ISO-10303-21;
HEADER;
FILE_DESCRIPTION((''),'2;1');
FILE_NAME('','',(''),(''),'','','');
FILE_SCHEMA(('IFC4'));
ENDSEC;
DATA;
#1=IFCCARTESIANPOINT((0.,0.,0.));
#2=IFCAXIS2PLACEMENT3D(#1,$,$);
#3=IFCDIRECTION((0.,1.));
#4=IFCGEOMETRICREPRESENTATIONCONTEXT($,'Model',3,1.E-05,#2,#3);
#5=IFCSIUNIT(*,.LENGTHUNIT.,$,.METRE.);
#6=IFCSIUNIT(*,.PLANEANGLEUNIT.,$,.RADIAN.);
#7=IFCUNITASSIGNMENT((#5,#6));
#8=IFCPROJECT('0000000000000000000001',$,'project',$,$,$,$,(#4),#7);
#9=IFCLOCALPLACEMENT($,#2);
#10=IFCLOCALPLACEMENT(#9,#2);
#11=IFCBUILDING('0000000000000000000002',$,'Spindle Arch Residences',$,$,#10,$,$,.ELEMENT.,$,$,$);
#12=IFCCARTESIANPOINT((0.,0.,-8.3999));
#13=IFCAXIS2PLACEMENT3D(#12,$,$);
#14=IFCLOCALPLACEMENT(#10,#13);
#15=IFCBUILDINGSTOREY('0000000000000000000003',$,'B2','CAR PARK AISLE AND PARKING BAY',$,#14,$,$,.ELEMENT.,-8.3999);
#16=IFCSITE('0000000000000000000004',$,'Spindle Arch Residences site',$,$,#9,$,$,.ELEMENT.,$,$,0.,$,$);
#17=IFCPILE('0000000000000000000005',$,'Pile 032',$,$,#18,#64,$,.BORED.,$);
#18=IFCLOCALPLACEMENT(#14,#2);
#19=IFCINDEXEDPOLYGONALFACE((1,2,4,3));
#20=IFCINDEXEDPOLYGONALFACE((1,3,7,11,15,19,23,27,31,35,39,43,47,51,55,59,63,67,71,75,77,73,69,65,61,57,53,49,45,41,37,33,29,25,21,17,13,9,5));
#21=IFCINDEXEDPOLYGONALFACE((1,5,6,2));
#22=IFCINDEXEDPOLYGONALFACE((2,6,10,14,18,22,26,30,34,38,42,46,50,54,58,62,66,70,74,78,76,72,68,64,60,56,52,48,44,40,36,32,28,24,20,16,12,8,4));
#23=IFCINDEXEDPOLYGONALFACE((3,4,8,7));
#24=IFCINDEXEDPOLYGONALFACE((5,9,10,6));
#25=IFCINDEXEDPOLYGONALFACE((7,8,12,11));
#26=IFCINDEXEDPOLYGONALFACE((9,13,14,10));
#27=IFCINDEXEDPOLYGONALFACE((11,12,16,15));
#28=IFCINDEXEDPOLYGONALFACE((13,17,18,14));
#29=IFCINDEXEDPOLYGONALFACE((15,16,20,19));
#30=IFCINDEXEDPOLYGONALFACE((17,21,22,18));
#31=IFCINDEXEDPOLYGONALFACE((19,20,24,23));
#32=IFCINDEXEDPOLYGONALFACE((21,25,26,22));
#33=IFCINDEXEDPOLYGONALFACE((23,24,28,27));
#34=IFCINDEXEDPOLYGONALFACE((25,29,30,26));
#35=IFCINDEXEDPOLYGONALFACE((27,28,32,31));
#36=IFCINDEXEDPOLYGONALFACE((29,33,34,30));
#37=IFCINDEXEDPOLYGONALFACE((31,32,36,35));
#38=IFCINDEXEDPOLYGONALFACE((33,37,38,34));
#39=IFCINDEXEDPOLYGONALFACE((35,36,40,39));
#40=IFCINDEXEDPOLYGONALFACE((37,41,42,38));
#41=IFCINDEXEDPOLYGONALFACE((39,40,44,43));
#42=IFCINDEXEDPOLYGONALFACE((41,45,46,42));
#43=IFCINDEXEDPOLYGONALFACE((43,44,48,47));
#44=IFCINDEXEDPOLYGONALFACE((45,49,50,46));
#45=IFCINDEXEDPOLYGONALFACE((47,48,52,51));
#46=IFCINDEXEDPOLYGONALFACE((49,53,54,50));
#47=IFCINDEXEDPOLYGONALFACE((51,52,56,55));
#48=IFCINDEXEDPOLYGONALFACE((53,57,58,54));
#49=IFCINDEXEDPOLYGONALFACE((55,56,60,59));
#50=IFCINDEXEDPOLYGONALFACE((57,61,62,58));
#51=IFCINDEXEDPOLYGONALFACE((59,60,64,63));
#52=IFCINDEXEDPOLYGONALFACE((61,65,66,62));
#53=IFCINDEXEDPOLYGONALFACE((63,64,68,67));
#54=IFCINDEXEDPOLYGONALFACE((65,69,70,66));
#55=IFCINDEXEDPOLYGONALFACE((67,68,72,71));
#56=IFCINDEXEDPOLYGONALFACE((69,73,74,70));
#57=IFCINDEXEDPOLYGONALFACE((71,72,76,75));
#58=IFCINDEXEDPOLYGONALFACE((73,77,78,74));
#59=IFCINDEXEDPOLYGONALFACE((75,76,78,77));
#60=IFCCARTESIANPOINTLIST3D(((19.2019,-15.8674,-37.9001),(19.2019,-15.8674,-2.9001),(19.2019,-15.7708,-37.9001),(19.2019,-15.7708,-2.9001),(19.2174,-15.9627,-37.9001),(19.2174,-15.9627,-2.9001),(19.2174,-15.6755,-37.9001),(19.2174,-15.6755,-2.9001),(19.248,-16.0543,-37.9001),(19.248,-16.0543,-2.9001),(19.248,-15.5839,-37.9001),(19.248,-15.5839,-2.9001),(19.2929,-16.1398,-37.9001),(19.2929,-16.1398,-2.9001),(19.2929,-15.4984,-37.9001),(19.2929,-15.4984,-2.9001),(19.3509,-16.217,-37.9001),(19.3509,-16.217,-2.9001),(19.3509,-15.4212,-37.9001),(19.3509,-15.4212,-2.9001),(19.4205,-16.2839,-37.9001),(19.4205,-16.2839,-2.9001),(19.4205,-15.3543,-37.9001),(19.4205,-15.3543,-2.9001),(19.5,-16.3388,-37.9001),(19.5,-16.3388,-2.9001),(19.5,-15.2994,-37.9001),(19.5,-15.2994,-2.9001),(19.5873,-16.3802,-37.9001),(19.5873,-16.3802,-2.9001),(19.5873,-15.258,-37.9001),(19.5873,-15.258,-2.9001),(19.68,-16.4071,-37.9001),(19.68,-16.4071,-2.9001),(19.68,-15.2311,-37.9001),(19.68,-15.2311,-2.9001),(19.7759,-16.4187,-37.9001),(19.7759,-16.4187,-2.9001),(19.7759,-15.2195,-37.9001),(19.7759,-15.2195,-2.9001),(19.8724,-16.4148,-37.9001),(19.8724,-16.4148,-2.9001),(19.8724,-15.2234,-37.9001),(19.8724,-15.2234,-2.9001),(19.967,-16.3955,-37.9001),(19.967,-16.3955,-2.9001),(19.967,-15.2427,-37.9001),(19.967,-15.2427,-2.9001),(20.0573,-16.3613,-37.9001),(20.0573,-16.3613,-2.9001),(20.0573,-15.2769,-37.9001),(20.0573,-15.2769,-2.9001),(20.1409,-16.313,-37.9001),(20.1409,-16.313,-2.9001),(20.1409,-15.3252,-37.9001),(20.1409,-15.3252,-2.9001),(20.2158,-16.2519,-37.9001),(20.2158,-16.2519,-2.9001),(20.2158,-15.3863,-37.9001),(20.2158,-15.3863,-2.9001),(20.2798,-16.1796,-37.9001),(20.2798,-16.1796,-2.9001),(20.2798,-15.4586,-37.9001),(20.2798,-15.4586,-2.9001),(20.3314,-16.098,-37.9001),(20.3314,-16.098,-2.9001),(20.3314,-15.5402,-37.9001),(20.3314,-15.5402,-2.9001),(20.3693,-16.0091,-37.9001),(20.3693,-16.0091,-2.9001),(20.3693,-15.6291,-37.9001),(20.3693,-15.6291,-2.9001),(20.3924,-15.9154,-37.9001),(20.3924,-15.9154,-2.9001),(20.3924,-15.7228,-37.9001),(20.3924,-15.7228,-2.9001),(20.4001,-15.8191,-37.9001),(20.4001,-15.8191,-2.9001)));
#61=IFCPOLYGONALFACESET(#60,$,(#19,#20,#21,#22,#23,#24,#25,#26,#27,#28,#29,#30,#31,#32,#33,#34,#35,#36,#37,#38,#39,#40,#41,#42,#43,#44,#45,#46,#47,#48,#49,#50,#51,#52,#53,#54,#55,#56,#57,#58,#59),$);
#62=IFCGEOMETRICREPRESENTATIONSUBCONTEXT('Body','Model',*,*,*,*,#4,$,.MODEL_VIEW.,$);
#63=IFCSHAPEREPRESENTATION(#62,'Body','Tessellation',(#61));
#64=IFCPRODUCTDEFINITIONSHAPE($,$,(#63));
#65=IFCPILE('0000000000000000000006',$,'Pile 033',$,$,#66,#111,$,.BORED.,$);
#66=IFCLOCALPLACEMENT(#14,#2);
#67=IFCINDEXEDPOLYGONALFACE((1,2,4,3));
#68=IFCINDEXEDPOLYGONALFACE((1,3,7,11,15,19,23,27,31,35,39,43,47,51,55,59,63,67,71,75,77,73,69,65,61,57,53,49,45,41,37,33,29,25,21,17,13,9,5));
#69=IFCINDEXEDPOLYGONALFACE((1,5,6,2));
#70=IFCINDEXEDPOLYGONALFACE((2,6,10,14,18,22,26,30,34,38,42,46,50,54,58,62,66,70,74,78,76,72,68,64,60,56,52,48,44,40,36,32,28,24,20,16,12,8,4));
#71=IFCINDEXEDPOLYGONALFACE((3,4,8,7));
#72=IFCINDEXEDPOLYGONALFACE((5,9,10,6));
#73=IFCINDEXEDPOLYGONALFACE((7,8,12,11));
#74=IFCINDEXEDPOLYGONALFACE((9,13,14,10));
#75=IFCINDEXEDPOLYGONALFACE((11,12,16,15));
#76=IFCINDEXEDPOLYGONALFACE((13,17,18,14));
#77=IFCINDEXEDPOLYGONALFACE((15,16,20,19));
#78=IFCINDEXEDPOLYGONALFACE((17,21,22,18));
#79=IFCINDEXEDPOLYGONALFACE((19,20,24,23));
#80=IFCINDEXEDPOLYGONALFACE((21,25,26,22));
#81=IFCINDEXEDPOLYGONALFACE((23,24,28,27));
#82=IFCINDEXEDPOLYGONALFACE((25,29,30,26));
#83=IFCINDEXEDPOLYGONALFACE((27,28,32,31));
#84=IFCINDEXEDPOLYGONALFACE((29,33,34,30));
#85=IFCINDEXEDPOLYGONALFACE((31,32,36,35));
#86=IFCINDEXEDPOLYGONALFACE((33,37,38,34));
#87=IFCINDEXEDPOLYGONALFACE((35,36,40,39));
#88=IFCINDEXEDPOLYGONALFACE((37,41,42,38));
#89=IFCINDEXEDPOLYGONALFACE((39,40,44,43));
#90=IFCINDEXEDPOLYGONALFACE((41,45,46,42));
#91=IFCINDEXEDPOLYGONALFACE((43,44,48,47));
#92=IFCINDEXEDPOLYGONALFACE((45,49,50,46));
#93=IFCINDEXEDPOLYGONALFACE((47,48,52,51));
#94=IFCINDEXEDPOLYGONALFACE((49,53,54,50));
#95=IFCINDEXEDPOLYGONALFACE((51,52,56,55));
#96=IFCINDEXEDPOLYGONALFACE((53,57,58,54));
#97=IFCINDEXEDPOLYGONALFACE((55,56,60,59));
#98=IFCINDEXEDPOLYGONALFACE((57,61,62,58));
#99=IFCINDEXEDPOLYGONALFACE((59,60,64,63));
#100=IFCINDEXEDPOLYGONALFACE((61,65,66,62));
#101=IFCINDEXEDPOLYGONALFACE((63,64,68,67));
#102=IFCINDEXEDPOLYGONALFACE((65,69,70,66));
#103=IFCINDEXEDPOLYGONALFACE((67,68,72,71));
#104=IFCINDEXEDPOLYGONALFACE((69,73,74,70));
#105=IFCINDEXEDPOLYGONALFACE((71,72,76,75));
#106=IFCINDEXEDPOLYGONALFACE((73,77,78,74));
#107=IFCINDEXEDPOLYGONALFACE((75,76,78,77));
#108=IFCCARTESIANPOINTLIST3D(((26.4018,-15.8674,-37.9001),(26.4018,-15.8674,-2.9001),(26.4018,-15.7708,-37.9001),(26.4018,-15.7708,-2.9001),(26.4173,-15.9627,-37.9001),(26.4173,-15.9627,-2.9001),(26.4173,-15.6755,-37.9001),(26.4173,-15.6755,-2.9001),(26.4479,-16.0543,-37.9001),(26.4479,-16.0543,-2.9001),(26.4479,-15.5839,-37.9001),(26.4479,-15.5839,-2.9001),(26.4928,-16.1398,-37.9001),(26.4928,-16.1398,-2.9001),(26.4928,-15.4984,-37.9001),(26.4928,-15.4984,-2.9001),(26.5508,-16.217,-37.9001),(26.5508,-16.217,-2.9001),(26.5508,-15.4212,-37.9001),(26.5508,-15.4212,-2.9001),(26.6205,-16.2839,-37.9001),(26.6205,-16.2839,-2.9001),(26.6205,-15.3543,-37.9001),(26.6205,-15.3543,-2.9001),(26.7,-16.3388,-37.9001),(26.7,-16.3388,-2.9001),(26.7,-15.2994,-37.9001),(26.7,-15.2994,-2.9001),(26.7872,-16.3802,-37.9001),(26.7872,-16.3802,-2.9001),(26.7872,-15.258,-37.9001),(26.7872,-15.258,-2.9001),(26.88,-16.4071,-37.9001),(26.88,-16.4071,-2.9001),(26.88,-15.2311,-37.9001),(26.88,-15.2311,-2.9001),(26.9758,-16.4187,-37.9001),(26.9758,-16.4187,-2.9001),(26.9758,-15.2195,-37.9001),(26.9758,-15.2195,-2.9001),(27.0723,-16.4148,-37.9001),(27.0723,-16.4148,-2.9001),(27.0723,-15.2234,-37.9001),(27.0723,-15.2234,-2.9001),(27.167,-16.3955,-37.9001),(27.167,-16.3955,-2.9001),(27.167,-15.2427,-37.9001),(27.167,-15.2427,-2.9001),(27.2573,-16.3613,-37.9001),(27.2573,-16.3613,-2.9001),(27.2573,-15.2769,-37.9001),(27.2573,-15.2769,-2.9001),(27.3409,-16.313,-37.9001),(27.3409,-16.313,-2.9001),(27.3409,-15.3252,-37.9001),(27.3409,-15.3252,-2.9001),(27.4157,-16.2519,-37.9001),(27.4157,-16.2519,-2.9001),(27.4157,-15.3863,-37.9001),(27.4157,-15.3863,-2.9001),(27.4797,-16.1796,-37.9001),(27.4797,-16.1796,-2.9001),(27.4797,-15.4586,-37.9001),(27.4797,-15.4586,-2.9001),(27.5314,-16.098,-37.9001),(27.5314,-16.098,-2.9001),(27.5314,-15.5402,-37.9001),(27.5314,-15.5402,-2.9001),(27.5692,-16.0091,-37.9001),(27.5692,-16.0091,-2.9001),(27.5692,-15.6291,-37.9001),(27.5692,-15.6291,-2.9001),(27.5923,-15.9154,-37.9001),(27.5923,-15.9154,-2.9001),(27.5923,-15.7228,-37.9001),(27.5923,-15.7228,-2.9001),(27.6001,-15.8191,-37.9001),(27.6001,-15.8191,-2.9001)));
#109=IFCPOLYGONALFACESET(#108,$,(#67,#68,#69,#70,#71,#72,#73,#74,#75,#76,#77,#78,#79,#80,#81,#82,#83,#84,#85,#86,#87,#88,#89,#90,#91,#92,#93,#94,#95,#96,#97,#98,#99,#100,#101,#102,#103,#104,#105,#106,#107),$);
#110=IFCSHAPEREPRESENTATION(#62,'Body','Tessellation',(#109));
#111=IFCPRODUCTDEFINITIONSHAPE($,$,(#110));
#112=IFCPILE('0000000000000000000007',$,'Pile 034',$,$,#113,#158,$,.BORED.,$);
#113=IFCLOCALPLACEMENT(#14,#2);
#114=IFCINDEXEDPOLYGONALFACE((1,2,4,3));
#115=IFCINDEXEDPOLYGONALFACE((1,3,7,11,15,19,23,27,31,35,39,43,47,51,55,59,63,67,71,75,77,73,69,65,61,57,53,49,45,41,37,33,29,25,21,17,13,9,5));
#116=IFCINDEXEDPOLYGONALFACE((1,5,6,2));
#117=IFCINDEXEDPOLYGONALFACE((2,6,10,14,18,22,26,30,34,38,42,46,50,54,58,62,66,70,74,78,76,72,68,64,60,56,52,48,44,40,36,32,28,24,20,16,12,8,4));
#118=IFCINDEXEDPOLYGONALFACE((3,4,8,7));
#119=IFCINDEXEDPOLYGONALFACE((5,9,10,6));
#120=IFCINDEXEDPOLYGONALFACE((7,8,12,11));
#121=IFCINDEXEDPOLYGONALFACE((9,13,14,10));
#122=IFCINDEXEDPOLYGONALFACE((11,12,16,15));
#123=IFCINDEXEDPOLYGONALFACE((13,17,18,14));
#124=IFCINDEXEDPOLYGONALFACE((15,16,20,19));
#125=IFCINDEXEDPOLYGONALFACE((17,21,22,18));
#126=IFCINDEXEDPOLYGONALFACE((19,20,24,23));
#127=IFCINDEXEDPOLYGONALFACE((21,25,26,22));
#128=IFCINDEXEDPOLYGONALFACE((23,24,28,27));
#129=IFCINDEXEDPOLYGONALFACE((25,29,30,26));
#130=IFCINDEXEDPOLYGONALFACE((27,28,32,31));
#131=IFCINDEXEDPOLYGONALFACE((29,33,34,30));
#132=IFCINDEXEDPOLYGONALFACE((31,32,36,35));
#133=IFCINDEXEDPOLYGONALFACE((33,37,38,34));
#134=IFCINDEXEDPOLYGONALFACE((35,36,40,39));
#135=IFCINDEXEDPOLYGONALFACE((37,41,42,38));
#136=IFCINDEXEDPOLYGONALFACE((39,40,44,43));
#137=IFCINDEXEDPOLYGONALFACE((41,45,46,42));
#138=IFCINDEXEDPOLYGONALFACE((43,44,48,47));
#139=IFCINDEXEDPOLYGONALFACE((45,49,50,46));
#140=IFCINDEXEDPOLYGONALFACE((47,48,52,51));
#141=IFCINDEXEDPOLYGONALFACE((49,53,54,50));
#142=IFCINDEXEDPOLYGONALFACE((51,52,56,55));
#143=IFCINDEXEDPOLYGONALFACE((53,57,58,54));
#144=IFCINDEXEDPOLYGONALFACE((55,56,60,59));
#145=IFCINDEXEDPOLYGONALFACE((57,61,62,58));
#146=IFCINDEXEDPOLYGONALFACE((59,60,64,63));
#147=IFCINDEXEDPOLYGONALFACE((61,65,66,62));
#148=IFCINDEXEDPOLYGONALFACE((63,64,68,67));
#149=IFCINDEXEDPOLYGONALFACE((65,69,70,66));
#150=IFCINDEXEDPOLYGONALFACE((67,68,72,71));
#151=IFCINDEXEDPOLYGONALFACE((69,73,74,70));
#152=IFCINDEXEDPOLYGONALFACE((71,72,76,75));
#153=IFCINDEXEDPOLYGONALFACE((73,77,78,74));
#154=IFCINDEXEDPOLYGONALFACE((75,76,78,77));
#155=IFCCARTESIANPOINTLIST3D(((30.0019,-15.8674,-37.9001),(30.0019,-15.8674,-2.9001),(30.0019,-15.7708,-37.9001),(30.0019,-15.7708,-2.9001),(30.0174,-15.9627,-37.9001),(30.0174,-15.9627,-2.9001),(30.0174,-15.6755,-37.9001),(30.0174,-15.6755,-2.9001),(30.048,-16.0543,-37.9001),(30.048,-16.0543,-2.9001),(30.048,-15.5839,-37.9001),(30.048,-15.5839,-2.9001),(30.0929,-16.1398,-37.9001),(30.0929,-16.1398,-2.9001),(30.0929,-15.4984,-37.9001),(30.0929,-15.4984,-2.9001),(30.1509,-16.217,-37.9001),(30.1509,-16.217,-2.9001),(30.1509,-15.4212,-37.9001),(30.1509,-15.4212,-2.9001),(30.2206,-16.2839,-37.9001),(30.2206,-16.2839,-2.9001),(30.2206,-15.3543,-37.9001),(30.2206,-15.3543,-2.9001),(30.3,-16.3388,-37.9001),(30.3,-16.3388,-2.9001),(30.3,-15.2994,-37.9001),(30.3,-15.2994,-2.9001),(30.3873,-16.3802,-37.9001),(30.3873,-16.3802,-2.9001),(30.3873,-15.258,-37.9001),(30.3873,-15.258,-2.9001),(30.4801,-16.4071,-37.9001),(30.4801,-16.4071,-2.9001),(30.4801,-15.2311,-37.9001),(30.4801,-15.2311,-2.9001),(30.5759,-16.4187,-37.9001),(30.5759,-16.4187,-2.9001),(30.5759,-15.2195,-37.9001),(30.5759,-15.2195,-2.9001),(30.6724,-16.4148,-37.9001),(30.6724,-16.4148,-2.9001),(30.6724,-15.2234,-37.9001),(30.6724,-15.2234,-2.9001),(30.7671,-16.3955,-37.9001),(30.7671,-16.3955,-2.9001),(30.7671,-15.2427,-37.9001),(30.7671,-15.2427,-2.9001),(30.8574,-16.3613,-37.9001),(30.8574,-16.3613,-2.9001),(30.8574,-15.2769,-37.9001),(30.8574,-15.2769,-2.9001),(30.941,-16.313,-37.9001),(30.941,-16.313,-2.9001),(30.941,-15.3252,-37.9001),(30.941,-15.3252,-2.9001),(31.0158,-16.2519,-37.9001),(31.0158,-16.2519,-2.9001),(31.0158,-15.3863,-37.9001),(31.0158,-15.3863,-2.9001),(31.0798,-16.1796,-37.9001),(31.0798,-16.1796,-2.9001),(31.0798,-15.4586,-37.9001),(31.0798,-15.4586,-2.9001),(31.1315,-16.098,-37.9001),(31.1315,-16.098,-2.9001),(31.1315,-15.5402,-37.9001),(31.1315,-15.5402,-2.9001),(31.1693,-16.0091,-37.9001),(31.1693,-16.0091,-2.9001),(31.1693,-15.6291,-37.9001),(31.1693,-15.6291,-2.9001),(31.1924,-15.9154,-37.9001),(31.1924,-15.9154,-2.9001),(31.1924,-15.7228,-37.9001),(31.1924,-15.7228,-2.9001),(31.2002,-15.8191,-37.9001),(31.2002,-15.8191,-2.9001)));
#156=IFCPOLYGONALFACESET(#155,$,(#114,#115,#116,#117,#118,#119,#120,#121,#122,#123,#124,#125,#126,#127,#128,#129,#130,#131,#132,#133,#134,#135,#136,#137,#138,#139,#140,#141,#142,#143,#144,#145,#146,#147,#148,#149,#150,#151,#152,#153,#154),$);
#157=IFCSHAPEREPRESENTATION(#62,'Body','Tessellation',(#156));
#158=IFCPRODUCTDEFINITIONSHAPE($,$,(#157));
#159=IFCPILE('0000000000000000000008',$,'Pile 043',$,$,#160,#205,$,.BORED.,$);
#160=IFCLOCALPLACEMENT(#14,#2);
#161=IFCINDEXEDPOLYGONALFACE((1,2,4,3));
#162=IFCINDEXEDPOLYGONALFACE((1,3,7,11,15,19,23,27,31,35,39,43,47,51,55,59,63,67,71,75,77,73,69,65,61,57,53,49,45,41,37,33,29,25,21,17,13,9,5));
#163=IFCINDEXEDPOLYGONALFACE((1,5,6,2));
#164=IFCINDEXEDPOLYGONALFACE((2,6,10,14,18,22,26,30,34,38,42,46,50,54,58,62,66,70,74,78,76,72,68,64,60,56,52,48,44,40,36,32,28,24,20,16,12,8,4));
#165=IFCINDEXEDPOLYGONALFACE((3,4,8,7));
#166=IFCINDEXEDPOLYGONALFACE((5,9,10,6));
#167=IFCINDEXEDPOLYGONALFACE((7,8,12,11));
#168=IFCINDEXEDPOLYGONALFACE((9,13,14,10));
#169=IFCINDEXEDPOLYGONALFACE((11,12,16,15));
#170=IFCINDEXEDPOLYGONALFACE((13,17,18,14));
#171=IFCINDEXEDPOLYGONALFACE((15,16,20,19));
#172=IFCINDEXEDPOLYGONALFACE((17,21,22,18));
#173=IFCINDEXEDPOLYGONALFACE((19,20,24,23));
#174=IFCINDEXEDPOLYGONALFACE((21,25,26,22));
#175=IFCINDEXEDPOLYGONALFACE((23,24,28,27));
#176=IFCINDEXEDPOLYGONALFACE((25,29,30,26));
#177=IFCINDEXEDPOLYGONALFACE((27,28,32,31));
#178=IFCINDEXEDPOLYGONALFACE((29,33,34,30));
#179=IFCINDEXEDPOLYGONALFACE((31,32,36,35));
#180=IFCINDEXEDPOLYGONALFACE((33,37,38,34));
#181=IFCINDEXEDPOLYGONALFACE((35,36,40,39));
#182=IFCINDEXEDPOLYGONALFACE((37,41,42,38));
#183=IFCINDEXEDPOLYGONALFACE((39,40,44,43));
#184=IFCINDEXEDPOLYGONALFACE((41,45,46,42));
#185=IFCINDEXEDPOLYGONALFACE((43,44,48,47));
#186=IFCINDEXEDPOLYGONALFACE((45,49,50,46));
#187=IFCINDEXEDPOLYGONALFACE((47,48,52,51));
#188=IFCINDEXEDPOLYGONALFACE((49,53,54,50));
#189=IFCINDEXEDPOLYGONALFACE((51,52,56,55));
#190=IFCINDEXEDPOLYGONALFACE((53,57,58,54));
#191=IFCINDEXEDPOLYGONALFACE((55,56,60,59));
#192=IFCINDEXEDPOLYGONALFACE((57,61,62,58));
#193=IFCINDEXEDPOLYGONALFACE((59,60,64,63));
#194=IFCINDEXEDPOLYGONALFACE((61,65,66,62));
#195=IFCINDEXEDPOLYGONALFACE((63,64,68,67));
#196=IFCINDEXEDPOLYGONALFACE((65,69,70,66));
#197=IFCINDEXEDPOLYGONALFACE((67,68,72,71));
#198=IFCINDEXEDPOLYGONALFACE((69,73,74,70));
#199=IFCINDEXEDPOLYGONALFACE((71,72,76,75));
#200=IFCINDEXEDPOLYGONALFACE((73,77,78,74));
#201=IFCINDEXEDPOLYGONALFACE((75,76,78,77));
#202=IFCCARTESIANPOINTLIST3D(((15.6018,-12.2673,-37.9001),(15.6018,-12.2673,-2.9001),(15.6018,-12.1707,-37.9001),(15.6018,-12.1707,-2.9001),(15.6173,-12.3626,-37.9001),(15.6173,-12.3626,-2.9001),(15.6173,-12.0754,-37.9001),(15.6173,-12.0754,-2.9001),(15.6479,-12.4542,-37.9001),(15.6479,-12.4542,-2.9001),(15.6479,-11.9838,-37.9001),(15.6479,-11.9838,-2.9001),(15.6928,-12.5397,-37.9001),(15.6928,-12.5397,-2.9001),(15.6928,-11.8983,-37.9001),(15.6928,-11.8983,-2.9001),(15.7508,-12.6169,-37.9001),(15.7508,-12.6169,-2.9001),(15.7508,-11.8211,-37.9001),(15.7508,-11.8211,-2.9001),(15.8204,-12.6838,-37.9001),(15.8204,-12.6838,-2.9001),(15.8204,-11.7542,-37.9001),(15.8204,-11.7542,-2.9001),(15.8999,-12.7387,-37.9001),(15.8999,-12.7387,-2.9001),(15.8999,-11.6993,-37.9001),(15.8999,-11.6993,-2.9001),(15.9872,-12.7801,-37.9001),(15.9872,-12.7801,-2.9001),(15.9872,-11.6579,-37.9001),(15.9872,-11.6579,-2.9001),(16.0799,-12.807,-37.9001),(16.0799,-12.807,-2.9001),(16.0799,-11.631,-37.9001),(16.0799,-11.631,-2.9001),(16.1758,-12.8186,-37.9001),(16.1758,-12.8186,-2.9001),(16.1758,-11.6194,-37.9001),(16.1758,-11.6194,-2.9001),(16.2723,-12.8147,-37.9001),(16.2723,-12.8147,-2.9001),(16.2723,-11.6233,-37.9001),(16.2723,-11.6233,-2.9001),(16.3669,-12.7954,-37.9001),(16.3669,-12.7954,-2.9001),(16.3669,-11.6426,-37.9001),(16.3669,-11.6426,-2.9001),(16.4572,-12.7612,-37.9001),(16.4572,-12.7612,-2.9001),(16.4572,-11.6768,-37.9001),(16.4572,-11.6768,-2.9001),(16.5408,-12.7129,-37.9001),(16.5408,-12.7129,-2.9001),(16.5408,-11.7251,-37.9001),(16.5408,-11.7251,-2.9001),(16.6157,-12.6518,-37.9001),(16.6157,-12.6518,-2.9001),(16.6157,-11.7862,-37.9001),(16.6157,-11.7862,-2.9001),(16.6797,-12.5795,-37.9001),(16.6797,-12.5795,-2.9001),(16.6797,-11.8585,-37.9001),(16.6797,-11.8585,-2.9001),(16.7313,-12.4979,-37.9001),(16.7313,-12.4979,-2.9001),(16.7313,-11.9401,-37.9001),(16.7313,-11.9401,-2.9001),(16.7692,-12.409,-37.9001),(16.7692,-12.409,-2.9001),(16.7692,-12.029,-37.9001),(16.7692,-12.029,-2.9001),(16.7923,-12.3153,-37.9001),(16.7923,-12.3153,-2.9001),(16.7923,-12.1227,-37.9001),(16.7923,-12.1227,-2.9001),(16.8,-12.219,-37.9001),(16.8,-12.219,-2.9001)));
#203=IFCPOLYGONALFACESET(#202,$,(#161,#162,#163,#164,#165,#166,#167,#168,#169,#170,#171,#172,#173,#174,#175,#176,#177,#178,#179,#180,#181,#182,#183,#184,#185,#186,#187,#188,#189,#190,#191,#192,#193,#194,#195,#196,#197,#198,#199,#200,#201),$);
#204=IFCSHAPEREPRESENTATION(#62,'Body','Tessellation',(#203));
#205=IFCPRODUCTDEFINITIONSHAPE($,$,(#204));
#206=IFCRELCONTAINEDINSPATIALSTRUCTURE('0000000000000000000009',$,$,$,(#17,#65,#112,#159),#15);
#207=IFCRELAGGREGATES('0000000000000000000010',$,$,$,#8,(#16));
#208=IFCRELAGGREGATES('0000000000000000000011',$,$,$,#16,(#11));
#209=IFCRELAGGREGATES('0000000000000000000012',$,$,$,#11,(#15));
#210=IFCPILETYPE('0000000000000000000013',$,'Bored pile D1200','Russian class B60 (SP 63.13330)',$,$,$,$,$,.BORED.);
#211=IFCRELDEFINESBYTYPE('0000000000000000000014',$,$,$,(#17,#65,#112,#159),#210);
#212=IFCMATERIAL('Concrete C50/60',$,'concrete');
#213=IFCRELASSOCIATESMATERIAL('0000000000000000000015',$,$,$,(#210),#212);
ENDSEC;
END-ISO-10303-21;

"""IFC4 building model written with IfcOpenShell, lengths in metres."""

from ifc_helpers import new_model, si_unit, direction, frame, origin, origin_2d, place, context, subcontext, project, spatial, circle, extrude, material, material_profile, profile_set, type_object, element, save


model = new_model("IFC4")

# Units and contexts
model_context = context("Model", 3, precision=1e-05, world=origin(), true_north=direction((0.0, 1.0)))
body_context = subcontext(model_context, "Body", "Model", "MODEL_VIEW")
ifc_project = project(units=[si_unit("LENGTHUNIT", "METRE"), si_unit("PLANEANGLEUNIT", "RADIAN")], contexts=[model_context])

# Site, building, storey
site_placement = place(None, origin())
site = spatial("IfcSite", under=ifc_project, at=site_placement, Name="Spindle Arch Residences site", CompositionType="ELEMENT", RefElevation=0.0)
building_placement = place(site_placement, origin())
building = spatial("IfcBuilding", under=site, at=building_placement, Name="Spindle Arch Residences", CompositionType="ELEMENT")
storey_placement = place(building_placement, frame((0.0, 0.0, -8.3999)))
storey = spatial("IfcBuildingStorey", under=building, at=storey_placement, Name="B2", Description="CAR PARK AISLE AND PARKING BAY", CompositionType="ELEMENT", Elevation=-8.3999)

# Piles
ifc_material_1 = material(Name="Concrete C50/60", Category="concrete")
ifc_material_profile_1 = material_profile(ifc_material_1, circle(Radius=0.6001, at=origin_2d()), Name="BP D1200")
ifc_profile_set_1 = profile_set([ifc_material_profile_1], Name="Concrete C50/60")
pile_type = type_object("IfcPileType", Name="Bored pile D1200", Description="Russian class B60 (SP 63.13330)", PredefinedType="BORED", material=ifc_profile_set_1)
for number, where, z_axis, x_axis, name in (
    (1, (19.8, -15.8191, -2.9001), (0.0, 0.0, -1.0), (1.0, 0.0, 0.0), "Pile 032"),
    (2, (27.0, -15.8191, -2.9001), (0.0, 0.0, -1.0), (1.0, 0.0, 0.0), "Pile 033"),
    (3, (30.6001, -15.8191, -2.9001), (0.0, 0.0, -1.0), (1.0, 0.0, 0.0), "Pile 034"),
    (4, (16.2, -12.219, -2.9001), (0.0, 0.0, -1.0), (1.0, 0.0, 0.0), "Pile 043"),
):
    element("IfcPile", number, at=place(storey_placement, frame(where, z_axis=z_axis, x_axis=x_axis)), inside=storey, type_object=pile_type, Name=name, PredefinedType="BORED", context=body_context, shape_type="SweptSolid", body=[
        extrude(circle(Radius=0.6001, at=origin_2d()), origin(), (0.0, 0.0, 1.0), 35.0),
    ])

save(model, "model.ifc")
